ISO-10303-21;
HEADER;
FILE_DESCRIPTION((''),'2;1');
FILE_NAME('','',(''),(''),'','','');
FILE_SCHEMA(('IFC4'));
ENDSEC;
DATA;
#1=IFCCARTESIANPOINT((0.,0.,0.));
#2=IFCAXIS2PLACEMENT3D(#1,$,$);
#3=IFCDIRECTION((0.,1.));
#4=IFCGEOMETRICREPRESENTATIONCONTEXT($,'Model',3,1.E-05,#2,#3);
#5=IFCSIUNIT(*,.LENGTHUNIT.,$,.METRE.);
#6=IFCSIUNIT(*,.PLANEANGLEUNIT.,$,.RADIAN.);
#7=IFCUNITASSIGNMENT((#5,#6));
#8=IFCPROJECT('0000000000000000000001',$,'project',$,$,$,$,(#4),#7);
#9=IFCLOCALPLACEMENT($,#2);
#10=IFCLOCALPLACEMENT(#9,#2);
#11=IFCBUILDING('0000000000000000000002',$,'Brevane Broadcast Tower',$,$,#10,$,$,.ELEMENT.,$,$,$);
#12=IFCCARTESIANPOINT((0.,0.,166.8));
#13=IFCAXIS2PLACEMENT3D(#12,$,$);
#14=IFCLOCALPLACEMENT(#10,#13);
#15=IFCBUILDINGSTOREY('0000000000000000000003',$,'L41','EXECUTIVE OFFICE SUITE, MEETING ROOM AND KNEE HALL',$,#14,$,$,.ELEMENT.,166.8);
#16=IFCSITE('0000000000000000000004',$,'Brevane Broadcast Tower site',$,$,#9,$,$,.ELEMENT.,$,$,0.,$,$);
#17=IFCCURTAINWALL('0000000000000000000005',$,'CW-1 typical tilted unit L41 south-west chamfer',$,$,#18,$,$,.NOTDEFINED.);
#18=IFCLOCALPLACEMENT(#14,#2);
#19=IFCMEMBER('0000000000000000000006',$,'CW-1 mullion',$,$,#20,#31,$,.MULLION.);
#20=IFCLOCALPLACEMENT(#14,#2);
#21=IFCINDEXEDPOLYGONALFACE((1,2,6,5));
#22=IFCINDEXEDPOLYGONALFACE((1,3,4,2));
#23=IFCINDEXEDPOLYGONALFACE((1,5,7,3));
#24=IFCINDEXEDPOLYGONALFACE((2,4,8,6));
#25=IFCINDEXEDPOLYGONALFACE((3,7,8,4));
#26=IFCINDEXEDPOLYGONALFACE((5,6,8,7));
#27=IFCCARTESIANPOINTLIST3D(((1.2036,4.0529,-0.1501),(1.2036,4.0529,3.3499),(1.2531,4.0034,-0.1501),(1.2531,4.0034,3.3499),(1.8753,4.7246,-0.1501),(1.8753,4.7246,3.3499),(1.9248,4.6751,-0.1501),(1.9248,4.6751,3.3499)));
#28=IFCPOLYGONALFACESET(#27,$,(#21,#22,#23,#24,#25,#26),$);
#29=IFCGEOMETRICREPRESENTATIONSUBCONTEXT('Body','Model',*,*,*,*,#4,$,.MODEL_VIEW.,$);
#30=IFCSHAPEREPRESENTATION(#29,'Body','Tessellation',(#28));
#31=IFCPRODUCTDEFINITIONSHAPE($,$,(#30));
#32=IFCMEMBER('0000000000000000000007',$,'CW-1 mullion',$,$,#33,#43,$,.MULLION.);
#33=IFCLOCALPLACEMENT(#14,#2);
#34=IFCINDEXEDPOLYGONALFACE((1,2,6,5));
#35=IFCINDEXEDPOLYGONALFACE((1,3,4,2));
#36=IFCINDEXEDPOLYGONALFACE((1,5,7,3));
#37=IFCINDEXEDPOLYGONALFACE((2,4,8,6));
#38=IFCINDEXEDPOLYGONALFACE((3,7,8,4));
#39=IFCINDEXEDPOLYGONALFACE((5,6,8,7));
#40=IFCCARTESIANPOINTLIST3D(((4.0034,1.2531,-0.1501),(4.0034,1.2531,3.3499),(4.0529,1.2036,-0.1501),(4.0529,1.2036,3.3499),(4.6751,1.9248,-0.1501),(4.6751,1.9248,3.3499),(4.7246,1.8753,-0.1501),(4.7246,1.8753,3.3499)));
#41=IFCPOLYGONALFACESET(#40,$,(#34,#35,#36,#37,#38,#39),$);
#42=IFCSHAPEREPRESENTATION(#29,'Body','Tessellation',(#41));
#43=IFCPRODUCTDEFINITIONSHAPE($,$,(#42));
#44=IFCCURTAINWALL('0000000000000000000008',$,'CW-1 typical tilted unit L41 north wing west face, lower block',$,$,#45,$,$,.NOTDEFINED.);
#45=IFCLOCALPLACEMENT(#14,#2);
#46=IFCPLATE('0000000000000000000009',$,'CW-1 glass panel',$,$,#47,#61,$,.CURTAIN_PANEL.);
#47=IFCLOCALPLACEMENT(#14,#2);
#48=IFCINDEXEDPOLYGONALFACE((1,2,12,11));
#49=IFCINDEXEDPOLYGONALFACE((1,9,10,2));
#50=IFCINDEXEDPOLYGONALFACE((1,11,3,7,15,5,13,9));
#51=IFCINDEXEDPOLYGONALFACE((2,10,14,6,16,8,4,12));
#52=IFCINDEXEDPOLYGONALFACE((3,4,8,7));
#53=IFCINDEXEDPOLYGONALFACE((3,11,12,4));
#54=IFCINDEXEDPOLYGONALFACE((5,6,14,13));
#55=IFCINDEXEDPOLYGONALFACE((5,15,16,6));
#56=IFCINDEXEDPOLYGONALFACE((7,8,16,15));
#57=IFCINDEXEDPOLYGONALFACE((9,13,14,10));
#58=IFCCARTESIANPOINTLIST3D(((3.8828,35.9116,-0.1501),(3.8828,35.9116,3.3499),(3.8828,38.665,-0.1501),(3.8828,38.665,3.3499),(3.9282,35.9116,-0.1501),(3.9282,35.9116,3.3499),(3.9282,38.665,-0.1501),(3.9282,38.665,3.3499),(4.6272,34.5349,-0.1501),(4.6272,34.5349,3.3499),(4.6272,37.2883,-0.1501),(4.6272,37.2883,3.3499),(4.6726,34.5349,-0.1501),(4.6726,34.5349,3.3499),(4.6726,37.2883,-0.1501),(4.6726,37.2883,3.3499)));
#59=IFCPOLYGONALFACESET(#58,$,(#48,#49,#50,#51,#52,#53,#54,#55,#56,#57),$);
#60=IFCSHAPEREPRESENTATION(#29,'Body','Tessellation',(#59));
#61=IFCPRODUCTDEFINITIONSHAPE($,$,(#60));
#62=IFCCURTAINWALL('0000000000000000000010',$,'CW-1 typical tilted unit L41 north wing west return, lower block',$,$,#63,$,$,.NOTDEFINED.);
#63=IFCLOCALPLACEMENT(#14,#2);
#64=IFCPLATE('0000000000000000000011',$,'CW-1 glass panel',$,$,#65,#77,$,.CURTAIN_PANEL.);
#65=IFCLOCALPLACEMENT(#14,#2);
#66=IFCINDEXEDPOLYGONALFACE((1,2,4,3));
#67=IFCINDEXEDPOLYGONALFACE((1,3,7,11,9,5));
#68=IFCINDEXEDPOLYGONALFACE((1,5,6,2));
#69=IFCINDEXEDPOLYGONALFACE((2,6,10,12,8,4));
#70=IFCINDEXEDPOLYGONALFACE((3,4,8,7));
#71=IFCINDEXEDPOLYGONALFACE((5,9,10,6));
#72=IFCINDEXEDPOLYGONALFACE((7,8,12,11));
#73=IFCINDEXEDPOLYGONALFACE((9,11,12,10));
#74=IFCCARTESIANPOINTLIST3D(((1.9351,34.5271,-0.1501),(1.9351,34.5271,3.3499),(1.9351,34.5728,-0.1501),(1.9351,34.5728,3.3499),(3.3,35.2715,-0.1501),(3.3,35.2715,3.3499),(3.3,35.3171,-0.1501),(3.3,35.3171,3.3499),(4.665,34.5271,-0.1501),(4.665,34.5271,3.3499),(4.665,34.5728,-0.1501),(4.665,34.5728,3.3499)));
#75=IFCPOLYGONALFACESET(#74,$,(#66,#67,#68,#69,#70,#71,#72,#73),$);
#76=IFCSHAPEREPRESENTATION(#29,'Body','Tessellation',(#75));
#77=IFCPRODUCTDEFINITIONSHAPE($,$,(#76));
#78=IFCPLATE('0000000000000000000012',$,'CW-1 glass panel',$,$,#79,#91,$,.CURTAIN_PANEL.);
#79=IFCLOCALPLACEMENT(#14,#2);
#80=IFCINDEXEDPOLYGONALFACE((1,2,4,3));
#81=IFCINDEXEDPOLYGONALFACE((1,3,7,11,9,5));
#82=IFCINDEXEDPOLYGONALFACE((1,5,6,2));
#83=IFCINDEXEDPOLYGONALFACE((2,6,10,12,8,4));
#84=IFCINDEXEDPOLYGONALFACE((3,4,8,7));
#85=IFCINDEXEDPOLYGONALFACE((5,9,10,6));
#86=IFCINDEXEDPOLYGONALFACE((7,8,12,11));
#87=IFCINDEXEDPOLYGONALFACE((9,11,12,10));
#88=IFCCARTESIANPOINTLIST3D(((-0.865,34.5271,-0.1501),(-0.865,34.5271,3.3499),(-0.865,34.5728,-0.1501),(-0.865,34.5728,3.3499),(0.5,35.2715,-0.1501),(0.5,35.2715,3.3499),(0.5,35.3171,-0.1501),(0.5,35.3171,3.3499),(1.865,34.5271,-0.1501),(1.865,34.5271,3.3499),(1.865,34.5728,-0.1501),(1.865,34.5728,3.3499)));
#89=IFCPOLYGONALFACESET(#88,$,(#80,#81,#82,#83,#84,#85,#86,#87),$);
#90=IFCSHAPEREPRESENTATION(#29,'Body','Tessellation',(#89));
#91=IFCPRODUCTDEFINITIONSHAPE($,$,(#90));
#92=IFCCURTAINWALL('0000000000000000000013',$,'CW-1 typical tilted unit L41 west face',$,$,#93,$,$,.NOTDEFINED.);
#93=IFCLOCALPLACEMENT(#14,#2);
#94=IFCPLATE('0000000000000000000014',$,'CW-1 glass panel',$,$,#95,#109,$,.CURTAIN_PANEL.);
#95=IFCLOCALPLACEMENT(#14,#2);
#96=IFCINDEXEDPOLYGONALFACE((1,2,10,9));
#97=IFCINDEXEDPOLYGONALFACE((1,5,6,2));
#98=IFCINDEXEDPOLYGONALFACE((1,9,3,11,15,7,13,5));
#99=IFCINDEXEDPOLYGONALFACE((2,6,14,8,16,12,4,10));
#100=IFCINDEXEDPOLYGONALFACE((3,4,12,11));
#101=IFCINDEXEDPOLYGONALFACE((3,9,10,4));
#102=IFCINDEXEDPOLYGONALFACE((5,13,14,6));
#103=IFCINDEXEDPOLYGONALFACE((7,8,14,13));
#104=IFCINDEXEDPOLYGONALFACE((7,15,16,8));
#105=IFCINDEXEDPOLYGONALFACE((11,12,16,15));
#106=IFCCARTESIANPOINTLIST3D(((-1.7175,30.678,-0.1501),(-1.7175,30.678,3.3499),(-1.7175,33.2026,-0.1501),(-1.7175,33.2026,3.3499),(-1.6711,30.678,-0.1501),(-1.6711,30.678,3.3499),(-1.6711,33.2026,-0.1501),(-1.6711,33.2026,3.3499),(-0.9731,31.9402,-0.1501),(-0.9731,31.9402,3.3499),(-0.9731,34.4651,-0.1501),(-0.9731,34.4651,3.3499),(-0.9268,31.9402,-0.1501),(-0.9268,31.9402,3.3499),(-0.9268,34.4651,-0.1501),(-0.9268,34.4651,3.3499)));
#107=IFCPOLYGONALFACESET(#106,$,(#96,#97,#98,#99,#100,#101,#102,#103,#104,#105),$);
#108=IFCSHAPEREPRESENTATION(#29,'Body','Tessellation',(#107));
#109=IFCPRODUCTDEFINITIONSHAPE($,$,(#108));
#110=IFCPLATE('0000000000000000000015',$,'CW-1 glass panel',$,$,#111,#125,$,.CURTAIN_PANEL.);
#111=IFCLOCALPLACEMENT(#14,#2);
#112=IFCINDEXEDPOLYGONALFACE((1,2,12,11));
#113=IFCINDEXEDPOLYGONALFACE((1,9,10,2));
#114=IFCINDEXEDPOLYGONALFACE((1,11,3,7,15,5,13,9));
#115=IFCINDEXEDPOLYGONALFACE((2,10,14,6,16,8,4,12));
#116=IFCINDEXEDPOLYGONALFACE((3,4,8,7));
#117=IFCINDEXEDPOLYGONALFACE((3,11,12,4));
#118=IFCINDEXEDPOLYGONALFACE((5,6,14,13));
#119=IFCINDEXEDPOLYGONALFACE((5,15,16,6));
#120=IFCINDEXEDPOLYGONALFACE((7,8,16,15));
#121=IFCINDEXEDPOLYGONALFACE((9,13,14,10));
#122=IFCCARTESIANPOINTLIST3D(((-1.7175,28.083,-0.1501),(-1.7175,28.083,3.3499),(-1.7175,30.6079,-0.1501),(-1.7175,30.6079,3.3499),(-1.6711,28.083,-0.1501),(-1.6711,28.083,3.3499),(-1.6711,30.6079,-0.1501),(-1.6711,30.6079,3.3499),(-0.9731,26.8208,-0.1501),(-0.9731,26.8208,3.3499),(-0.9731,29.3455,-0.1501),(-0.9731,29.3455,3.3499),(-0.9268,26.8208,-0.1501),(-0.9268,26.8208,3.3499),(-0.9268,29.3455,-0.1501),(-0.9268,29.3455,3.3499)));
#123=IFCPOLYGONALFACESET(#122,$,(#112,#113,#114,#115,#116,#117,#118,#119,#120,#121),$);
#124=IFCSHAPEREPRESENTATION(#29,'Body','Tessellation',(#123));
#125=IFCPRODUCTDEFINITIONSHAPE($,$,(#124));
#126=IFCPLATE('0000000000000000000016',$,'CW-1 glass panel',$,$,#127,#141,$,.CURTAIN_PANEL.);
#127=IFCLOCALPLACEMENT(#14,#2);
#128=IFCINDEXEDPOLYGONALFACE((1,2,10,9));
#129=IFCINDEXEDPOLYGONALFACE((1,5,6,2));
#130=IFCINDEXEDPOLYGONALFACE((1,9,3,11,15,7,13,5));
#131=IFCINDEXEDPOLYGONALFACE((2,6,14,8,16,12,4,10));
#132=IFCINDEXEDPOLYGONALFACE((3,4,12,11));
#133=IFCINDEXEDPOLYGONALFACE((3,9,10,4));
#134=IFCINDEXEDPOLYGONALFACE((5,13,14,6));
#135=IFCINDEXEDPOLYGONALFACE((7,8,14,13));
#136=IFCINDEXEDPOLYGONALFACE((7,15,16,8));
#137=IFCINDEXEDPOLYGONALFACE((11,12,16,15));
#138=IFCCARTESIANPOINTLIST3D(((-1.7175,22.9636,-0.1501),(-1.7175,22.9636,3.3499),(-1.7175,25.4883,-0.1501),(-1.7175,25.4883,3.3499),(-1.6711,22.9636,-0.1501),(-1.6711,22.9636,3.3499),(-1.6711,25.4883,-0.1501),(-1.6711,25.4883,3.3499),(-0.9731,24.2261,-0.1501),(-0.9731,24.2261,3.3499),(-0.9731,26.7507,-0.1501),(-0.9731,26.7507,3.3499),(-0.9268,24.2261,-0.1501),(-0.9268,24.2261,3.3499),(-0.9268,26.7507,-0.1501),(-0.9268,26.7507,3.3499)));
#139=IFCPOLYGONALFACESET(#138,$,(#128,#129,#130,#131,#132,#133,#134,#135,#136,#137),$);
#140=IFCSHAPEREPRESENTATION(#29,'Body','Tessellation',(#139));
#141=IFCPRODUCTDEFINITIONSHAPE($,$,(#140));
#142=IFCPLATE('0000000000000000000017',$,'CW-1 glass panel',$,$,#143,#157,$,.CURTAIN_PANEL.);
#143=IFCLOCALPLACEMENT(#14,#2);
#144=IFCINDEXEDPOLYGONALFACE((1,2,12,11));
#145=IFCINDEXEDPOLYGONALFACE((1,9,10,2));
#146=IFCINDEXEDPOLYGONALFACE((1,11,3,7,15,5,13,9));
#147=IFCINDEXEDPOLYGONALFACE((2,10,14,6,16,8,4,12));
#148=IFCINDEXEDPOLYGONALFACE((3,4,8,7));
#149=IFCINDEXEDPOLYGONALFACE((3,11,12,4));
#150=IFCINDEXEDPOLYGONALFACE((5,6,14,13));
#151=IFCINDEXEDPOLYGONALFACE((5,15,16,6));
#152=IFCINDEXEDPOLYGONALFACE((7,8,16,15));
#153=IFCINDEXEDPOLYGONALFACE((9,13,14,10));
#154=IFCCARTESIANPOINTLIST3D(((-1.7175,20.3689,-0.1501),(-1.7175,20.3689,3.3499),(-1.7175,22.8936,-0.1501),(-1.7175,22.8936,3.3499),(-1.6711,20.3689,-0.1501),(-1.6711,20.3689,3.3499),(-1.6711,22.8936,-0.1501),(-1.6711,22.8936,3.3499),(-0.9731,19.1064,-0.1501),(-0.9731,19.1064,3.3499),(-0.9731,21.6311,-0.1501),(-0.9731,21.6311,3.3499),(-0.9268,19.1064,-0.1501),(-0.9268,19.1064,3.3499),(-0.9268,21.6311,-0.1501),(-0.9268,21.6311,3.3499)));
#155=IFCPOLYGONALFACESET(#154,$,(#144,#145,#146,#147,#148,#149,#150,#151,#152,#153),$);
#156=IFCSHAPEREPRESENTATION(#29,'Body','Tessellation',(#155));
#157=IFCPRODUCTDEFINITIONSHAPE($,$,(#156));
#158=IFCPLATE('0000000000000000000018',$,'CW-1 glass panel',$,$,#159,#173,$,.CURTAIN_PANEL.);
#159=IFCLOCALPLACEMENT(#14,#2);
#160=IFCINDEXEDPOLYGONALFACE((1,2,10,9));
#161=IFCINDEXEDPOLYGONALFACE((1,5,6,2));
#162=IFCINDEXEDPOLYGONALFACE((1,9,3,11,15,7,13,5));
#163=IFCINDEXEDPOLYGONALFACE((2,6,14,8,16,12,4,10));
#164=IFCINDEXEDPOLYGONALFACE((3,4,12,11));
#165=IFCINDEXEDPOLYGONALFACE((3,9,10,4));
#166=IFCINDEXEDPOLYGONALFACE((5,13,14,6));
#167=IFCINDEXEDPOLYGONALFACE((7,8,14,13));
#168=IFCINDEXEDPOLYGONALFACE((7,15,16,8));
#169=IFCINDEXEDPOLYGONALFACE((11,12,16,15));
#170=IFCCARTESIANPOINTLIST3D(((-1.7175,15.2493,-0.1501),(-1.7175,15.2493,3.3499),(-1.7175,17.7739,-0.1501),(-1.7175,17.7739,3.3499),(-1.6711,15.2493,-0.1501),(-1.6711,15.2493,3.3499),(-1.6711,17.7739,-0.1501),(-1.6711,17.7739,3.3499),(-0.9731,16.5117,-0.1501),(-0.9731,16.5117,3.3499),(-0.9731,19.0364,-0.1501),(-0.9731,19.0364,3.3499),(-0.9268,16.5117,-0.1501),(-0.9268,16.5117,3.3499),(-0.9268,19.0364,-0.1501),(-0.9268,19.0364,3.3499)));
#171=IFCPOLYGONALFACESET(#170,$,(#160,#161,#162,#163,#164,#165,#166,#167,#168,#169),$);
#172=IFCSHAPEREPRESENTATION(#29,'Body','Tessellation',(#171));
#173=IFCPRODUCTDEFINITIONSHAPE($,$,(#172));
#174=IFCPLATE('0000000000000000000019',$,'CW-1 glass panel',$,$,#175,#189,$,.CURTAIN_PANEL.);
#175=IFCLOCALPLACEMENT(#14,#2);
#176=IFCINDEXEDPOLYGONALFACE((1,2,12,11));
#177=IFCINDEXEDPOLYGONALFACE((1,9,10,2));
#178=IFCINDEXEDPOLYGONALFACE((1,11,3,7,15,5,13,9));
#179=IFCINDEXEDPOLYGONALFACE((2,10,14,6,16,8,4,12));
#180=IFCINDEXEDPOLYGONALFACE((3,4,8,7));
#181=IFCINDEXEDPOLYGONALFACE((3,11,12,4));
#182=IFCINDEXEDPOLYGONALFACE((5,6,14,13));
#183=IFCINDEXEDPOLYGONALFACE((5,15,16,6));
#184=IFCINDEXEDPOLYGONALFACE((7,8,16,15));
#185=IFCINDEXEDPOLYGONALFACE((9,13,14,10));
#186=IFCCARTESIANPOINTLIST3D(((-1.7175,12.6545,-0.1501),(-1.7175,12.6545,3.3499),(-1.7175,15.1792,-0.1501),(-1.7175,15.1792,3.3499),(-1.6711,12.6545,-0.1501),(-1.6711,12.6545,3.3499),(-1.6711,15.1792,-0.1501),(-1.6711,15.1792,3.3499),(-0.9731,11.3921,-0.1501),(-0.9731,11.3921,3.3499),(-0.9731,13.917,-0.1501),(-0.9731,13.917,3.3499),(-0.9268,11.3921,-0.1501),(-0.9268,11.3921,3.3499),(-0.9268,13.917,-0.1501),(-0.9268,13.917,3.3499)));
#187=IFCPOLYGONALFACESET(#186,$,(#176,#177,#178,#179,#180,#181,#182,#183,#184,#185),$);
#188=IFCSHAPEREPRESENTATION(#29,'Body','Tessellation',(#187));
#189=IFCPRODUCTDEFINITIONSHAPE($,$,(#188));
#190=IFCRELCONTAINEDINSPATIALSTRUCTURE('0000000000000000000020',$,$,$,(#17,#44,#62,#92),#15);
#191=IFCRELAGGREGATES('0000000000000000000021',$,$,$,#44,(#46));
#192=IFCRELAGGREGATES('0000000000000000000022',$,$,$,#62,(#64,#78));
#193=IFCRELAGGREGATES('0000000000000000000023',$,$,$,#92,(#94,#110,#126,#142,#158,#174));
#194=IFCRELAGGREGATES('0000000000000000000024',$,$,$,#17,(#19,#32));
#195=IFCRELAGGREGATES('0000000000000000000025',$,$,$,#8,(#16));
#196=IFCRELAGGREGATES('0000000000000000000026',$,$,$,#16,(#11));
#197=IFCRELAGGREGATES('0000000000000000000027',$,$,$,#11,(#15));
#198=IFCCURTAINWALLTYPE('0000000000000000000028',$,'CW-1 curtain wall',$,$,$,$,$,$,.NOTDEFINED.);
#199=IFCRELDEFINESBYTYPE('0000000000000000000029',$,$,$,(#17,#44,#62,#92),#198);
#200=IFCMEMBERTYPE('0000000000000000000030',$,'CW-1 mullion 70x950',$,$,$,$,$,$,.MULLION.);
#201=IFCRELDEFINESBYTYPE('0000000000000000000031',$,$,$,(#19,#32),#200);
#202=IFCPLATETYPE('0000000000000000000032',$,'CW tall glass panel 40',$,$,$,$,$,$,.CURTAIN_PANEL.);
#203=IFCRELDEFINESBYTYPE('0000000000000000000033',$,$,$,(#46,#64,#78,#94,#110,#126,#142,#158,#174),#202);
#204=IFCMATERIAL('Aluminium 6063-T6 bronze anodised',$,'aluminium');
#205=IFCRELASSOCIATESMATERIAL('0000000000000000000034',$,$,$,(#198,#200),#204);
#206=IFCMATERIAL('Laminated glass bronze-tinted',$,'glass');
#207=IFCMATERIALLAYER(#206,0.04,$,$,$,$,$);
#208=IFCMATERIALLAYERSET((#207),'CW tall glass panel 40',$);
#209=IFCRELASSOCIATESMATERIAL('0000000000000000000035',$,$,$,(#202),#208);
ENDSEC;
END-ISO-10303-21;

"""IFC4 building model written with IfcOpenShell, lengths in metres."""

from ifc_helpers import new_model, si_unit, direction, frame, origin, origin_2d, place, context, subcontext, project, spatial, polyline, rectangle, outline, extrude, material, layer, layer_set, material_profile, profile_set, type_object, element, aggregate, save


model = new_model("IFC4")

# Units and contexts
model_context = context("Model", 3, precision=1e-05, world=origin(), true_north=direction((0.0, 1.0)))
body_context = subcontext(model_context, "Body", "Model", "MODEL_VIEW")
ifc_project = project(units=[si_unit("LENGTHUNIT", "METRE"), si_unit("PLANEANGLEUNIT", "RADIAN")], contexts=[model_context])

# Site, building, storey
site_placement = place(None, origin())
site = spatial("IfcSite", under=ifc_project, at=site_placement, Name="Brevane Broadcast Tower site", CompositionType="ELEMENT", RefElevation=0.0)
building_placement = place(site_placement, origin())
building = spatial("IfcBuilding", under=site, at=building_placement, Name="Brevane Broadcast Tower", CompositionType="ELEMENT")
storey_placement = place(building_placement, frame((0.0, 0.0, 166.8)))
storey = spatial("IfcBuildingStorey", under=building, at=storey_placement, Name="L41", Description="EXECUTIVE OFFICE SUITE, MEETING ROOM AND KNEE HALL", CompositionType="ELEMENT", Elevation=166.8)

# Curtain wall, members
ifc_material_1 = material(Name="Aluminium 6063-T6 bronze anodised", Category="aluminium")
curtain_wall_type = type_object("IfcCurtainWallType", Name="CW-1 curtain wall", PredefinedType="NOTDEFINED", material=ifc_material_1)
curtain_wall_1_placement = place(storey_placement, origin())
curtain_wall_1 = element("IfcCurtainWall", 1, at=curtain_wall_1_placement, inside=storey, type_object=curtain_wall_type, Name="CW-1 typical tilted unit L41 south-west chamfer", PredefinedType="NOTDEFINED")
ifc_material_profile = material_profile(ifc_material_1, rectangle(XDim=0.95, YDim=0.0701, at=origin_2d()), Name="RECT 70x950")
ifc_profile_set = profile_set([ifc_material_profile], Name="Aluminium 6063-T6 bronze anodised")
member_type = type_object("IfcMemberType", Name="CW-1 mullion 70x950", PredefinedType="MULLION", material=ifc_profile_set)
member_1_placement = place(storey_placement, frame((1.5642, 4.364, -0.1501), z_axis=(0.0, 0.0, 1.0), x_axis=(0.707107, 0.707107, 0.0)))
member_1 = element("IfcMember", 2, at=member_1_placement, type_object=member_type, Name="CW-1 mullion", PredefinedType="MULLION", context=body_context, shape_type="SweptSolid", body=[
    extrude(rectangle(XDim=0.95, YDim=0.0701, at=origin_2d()), origin(), (0.0, 0.0, 1.0), 3.5),
])
member_2_placement = place(storey_placement, frame((4.364, 1.5642, -0.1501), z_axis=(0.0, 0.0, 1.0), x_axis=(0.707107, 0.707107, 0.0)))
member_2 = element("IfcMember", 3, at=member_2_placement, type_object=member_type, Name="CW-1 mullion", PredefinedType="MULLION", context=body_context, shape_type="SweptSolid", body=[
    extrude(rectangle(XDim=0.95, YDim=0.0701, at=origin_2d()), origin(), (0.0, 0.0, 1.0), 3.5),
])

# Curtain wall, plate
curtain_wall_2_placement = place(storey_placement, origin())
curtain_wall_2 = element("IfcCurtainWall", 4, at=curtain_wall_2_placement, inside=storey, type_object=curtain_wall_type, Name="CW-1 typical tilted unit L41 north wing west face, lower block", PredefinedType="NOTDEFINED")
ifc_material_2 = material(Name="Laminated glass bronze-tinted", Category="glass")
ifc_layer_1 = layer(ifc_material_2, 0.04)
ifc_layer_set_1 = layer_set([ifc_layer_1], Name="CW tall glass panel 40")
plate_type = type_object("IfcPlateType", Name="CW tall glass panel 40", PredefinedType="CURTAIN_PANEL", material=ifc_layer_set_1)
plate_1_placement = place(storey_placement, frame((0.0, 0.0, -0.1501)))
plate_1 = element("IfcPlate", 5, at=plate_1_placement, type_object=plate_type, Name="CW-1 glass panel", PredefinedType="CURTAIN_PANEL", context=body_context, shape_type="SweptSolid", body=[
    extrude(outline(polyline([(3.9282, 38.665), (3.8828, 38.665), (4.6272, 37.2883), (3.8828, 35.9116), (4.6272, 34.5349), (4.6726, 34.5349), (3.9282, 35.9116), (4.6726, 37.2883), (3.9282, 38.665)])), origin(), (0.0, 0.0, 1.0), 3.5),
])
aggregate(curtain_wall_2, [plate_1])

# Curtain walls, plates
curtain_wall_3_placement = place(storey_placement, origin())
curtain_wall_3 = element("IfcCurtainWall", 6, at=curtain_wall_3_placement, inside=storey, type_object=curtain_wall_type, Name="CW-1 typical tilted unit L41 north wing west return, lower block", PredefinedType="NOTDEFINED")
plate_2_placement = place(storey_placement, frame((0.0, 0.0, -0.1501)))
plate_2 = element("IfcPlate", 7, at=plate_2_placement, type_object=plate_type, Name="CW-1 glass panel", PredefinedType="CURTAIN_PANEL", context=body_context, shape_type="SweptSolid", body=[
    extrude(outline(polyline([(4.665, 34.5271), (4.665, 34.5728), (3.3, 35.3171), (1.9351, 34.5728), (1.9351, 34.5271), (3.3, 35.2715), (4.665, 34.5271)])), origin(), (0.0, 0.0, 1.0), 3.5),
])
plate_3_placement = place(storey_placement, frame((0.0, 0.0, -0.1501)))
plate_3 = element("IfcPlate", 8, at=plate_3_placement, type_object=plate_type, Name="CW-1 glass panel", PredefinedType="CURTAIN_PANEL", context=body_context, shape_type="SweptSolid", body=[
    extrude(outline(polyline([(1.865, 34.5271), (1.865, 34.5728), (0.5, 35.3171), (-0.865, 34.5728), (-0.865, 34.5271), (0.5, 35.2715), (1.865, 34.5271)])), origin(), (0.0, 0.0, 1.0), 3.5),
])
aggregate(curtain_wall_3, [plate_2, plate_3])
curtain_wall_4_placement = place(storey_placement, origin())
curtain_wall_4 = element("IfcCurtainWall", 9, at=curtain_wall_4_placement, inside=storey, type_object=curtain_wall_type, Name="CW-1 typical tilted unit L41 west face", PredefinedType="NOTDEFINED")
plate_4_placement = place(storey_placement, frame((0.0, 0.0, -0.1501)))
plate_4 = element("IfcPlate", 10, at=plate_4_placement, type_object=plate_type, Name="CW-1 glass panel", PredefinedType="CURTAIN_PANEL", context=body_context, shape_type="SweptSolid", body=[
    extrude(outline(polyline([(-0.9268, 34.4651), (-0.9731, 34.4651), (-1.7175, 33.2026), (-0.9731, 31.9402), (-1.7175, 30.678), (-1.6711, 30.678), (-0.9268, 31.9402), (-1.6711, 33.2026), (-0.9268, 34.4651)])), origin(), (0.0, 0.0, 1.0), 3.5),
])
plate_5_placement = place(storey_placement, frame((0.0, 0.0, -0.1501)))
plate_5 = element("IfcPlate", 11, at=plate_5_placement, type_object=plate_type, Name="CW-1 glass panel", PredefinedType="CURTAIN_PANEL", context=body_context, shape_type="SweptSolid", body=[
    extrude(outline(polyline([(-1.6711, 30.6079), (-1.7175, 30.6079), (-0.9731, 29.3455), (-1.7175, 28.083), (-0.9731, 26.8208), (-0.9268, 26.8208), (-1.6711, 28.083), (-0.9268, 29.3455), (-1.6711, 30.6079)])), origin(), (0.0, 0.0, 1.0), 3.5),
])
plate_6_placement = place(storey_placement, frame((0.0, 0.0, -0.1501)))
plate_6 = element("IfcPlate", 12, at=plate_6_placement, type_object=plate_type, Name="CW-1 glass panel", PredefinedType="CURTAIN_PANEL", context=body_context, shape_type="SweptSolid", body=[
    extrude(outline(polyline([(-0.9268, 26.7507), (-0.9731, 26.7507), (-1.7175, 25.4883), (-0.9731, 24.2261), (-1.7175, 22.9636), (-1.6711, 22.9636), (-0.9268, 24.2261), (-1.6711, 25.4883), (-0.9268, 26.7507)])), origin(), (0.0, 0.0, 1.0), 3.5),
])
plate_7_placement = place(storey_placement, frame((0.0, 0.0, -0.1501)))
plate_7 = element("IfcPlate", 13, at=plate_7_placement, type_object=plate_type, Name="CW-1 glass panel", PredefinedType="CURTAIN_PANEL", context=body_context, shape_type="SweptSolid", body=[
    extrude(outline(polyline([(-1.6711, 22.8936), (-1.7175, 22.8936), (-0.9731, 21.6311), (-1.7175, 20.3689), (-0.9731, 19.1064), (-0.9268, 19.1064), (-1.6711, 20.3689), (-0.9268, 21.6311), (-1.6711, 22.8936)])), origin(), (0.0, 0.0, 1.0), 3.5),
])
plate_8_placement = place(storey_placement, frame((0.0, 0.0, -0.1501)))
plate_8 = element("IfcPlate", 14, at=plate_8_placement, type_object=plate_type, Name="CW-1 glass panel", PredefinedType="CURTAIN_PANEL", context=body_context, shape_type="SweptSolid", body=[
    extrude(outline(polyline([(-0.9268, 19.0364), (-0.9731, 19.0364), (-1.7175, 17.7739), (-0.9731, 16.5117), (-1.7175, 15.2493), (-1.6711, 15.2493), (-0.9268, 16.5117), (-1.6711, 17.7739), (-0.9268, 19.0364)])), origin(), (0.0, 0.0, 1.0), 3.5),
])
plate_9_placement = place(storey_placement, frame((0.0, 0.0, -0.1501)))
plate_9 = element("IfcPlate", 15, at=plate_9_placement, type_object=plate_type, Name="CW-1 glass panel", PredefinedType="CURTAIN_PANEL", context=body_context, shape_type="SweptSolid", body=[
    extrude(outline(polyline([(-1.6711, 15.1792), (-1.7175, 15.1792), (-0.9731, 13.917), (-1.7175, 12.6545), (-0.9731, 11.3921), (-0.9268, 11.3921), (-1.6711, 12.6545), (-0.9268, 13.917), (-1.6711, 15.1792)])), origin(), (0.0, 0.0, 1.0), 3.5),
])
aggregate(curtain_wall_4, [plate_4, plate_5, plate_6, plate_7, plate_8, plate_9])

aggregate(curtain_wall_1, [member_1, member_2])

save(model, "model.ifc")
